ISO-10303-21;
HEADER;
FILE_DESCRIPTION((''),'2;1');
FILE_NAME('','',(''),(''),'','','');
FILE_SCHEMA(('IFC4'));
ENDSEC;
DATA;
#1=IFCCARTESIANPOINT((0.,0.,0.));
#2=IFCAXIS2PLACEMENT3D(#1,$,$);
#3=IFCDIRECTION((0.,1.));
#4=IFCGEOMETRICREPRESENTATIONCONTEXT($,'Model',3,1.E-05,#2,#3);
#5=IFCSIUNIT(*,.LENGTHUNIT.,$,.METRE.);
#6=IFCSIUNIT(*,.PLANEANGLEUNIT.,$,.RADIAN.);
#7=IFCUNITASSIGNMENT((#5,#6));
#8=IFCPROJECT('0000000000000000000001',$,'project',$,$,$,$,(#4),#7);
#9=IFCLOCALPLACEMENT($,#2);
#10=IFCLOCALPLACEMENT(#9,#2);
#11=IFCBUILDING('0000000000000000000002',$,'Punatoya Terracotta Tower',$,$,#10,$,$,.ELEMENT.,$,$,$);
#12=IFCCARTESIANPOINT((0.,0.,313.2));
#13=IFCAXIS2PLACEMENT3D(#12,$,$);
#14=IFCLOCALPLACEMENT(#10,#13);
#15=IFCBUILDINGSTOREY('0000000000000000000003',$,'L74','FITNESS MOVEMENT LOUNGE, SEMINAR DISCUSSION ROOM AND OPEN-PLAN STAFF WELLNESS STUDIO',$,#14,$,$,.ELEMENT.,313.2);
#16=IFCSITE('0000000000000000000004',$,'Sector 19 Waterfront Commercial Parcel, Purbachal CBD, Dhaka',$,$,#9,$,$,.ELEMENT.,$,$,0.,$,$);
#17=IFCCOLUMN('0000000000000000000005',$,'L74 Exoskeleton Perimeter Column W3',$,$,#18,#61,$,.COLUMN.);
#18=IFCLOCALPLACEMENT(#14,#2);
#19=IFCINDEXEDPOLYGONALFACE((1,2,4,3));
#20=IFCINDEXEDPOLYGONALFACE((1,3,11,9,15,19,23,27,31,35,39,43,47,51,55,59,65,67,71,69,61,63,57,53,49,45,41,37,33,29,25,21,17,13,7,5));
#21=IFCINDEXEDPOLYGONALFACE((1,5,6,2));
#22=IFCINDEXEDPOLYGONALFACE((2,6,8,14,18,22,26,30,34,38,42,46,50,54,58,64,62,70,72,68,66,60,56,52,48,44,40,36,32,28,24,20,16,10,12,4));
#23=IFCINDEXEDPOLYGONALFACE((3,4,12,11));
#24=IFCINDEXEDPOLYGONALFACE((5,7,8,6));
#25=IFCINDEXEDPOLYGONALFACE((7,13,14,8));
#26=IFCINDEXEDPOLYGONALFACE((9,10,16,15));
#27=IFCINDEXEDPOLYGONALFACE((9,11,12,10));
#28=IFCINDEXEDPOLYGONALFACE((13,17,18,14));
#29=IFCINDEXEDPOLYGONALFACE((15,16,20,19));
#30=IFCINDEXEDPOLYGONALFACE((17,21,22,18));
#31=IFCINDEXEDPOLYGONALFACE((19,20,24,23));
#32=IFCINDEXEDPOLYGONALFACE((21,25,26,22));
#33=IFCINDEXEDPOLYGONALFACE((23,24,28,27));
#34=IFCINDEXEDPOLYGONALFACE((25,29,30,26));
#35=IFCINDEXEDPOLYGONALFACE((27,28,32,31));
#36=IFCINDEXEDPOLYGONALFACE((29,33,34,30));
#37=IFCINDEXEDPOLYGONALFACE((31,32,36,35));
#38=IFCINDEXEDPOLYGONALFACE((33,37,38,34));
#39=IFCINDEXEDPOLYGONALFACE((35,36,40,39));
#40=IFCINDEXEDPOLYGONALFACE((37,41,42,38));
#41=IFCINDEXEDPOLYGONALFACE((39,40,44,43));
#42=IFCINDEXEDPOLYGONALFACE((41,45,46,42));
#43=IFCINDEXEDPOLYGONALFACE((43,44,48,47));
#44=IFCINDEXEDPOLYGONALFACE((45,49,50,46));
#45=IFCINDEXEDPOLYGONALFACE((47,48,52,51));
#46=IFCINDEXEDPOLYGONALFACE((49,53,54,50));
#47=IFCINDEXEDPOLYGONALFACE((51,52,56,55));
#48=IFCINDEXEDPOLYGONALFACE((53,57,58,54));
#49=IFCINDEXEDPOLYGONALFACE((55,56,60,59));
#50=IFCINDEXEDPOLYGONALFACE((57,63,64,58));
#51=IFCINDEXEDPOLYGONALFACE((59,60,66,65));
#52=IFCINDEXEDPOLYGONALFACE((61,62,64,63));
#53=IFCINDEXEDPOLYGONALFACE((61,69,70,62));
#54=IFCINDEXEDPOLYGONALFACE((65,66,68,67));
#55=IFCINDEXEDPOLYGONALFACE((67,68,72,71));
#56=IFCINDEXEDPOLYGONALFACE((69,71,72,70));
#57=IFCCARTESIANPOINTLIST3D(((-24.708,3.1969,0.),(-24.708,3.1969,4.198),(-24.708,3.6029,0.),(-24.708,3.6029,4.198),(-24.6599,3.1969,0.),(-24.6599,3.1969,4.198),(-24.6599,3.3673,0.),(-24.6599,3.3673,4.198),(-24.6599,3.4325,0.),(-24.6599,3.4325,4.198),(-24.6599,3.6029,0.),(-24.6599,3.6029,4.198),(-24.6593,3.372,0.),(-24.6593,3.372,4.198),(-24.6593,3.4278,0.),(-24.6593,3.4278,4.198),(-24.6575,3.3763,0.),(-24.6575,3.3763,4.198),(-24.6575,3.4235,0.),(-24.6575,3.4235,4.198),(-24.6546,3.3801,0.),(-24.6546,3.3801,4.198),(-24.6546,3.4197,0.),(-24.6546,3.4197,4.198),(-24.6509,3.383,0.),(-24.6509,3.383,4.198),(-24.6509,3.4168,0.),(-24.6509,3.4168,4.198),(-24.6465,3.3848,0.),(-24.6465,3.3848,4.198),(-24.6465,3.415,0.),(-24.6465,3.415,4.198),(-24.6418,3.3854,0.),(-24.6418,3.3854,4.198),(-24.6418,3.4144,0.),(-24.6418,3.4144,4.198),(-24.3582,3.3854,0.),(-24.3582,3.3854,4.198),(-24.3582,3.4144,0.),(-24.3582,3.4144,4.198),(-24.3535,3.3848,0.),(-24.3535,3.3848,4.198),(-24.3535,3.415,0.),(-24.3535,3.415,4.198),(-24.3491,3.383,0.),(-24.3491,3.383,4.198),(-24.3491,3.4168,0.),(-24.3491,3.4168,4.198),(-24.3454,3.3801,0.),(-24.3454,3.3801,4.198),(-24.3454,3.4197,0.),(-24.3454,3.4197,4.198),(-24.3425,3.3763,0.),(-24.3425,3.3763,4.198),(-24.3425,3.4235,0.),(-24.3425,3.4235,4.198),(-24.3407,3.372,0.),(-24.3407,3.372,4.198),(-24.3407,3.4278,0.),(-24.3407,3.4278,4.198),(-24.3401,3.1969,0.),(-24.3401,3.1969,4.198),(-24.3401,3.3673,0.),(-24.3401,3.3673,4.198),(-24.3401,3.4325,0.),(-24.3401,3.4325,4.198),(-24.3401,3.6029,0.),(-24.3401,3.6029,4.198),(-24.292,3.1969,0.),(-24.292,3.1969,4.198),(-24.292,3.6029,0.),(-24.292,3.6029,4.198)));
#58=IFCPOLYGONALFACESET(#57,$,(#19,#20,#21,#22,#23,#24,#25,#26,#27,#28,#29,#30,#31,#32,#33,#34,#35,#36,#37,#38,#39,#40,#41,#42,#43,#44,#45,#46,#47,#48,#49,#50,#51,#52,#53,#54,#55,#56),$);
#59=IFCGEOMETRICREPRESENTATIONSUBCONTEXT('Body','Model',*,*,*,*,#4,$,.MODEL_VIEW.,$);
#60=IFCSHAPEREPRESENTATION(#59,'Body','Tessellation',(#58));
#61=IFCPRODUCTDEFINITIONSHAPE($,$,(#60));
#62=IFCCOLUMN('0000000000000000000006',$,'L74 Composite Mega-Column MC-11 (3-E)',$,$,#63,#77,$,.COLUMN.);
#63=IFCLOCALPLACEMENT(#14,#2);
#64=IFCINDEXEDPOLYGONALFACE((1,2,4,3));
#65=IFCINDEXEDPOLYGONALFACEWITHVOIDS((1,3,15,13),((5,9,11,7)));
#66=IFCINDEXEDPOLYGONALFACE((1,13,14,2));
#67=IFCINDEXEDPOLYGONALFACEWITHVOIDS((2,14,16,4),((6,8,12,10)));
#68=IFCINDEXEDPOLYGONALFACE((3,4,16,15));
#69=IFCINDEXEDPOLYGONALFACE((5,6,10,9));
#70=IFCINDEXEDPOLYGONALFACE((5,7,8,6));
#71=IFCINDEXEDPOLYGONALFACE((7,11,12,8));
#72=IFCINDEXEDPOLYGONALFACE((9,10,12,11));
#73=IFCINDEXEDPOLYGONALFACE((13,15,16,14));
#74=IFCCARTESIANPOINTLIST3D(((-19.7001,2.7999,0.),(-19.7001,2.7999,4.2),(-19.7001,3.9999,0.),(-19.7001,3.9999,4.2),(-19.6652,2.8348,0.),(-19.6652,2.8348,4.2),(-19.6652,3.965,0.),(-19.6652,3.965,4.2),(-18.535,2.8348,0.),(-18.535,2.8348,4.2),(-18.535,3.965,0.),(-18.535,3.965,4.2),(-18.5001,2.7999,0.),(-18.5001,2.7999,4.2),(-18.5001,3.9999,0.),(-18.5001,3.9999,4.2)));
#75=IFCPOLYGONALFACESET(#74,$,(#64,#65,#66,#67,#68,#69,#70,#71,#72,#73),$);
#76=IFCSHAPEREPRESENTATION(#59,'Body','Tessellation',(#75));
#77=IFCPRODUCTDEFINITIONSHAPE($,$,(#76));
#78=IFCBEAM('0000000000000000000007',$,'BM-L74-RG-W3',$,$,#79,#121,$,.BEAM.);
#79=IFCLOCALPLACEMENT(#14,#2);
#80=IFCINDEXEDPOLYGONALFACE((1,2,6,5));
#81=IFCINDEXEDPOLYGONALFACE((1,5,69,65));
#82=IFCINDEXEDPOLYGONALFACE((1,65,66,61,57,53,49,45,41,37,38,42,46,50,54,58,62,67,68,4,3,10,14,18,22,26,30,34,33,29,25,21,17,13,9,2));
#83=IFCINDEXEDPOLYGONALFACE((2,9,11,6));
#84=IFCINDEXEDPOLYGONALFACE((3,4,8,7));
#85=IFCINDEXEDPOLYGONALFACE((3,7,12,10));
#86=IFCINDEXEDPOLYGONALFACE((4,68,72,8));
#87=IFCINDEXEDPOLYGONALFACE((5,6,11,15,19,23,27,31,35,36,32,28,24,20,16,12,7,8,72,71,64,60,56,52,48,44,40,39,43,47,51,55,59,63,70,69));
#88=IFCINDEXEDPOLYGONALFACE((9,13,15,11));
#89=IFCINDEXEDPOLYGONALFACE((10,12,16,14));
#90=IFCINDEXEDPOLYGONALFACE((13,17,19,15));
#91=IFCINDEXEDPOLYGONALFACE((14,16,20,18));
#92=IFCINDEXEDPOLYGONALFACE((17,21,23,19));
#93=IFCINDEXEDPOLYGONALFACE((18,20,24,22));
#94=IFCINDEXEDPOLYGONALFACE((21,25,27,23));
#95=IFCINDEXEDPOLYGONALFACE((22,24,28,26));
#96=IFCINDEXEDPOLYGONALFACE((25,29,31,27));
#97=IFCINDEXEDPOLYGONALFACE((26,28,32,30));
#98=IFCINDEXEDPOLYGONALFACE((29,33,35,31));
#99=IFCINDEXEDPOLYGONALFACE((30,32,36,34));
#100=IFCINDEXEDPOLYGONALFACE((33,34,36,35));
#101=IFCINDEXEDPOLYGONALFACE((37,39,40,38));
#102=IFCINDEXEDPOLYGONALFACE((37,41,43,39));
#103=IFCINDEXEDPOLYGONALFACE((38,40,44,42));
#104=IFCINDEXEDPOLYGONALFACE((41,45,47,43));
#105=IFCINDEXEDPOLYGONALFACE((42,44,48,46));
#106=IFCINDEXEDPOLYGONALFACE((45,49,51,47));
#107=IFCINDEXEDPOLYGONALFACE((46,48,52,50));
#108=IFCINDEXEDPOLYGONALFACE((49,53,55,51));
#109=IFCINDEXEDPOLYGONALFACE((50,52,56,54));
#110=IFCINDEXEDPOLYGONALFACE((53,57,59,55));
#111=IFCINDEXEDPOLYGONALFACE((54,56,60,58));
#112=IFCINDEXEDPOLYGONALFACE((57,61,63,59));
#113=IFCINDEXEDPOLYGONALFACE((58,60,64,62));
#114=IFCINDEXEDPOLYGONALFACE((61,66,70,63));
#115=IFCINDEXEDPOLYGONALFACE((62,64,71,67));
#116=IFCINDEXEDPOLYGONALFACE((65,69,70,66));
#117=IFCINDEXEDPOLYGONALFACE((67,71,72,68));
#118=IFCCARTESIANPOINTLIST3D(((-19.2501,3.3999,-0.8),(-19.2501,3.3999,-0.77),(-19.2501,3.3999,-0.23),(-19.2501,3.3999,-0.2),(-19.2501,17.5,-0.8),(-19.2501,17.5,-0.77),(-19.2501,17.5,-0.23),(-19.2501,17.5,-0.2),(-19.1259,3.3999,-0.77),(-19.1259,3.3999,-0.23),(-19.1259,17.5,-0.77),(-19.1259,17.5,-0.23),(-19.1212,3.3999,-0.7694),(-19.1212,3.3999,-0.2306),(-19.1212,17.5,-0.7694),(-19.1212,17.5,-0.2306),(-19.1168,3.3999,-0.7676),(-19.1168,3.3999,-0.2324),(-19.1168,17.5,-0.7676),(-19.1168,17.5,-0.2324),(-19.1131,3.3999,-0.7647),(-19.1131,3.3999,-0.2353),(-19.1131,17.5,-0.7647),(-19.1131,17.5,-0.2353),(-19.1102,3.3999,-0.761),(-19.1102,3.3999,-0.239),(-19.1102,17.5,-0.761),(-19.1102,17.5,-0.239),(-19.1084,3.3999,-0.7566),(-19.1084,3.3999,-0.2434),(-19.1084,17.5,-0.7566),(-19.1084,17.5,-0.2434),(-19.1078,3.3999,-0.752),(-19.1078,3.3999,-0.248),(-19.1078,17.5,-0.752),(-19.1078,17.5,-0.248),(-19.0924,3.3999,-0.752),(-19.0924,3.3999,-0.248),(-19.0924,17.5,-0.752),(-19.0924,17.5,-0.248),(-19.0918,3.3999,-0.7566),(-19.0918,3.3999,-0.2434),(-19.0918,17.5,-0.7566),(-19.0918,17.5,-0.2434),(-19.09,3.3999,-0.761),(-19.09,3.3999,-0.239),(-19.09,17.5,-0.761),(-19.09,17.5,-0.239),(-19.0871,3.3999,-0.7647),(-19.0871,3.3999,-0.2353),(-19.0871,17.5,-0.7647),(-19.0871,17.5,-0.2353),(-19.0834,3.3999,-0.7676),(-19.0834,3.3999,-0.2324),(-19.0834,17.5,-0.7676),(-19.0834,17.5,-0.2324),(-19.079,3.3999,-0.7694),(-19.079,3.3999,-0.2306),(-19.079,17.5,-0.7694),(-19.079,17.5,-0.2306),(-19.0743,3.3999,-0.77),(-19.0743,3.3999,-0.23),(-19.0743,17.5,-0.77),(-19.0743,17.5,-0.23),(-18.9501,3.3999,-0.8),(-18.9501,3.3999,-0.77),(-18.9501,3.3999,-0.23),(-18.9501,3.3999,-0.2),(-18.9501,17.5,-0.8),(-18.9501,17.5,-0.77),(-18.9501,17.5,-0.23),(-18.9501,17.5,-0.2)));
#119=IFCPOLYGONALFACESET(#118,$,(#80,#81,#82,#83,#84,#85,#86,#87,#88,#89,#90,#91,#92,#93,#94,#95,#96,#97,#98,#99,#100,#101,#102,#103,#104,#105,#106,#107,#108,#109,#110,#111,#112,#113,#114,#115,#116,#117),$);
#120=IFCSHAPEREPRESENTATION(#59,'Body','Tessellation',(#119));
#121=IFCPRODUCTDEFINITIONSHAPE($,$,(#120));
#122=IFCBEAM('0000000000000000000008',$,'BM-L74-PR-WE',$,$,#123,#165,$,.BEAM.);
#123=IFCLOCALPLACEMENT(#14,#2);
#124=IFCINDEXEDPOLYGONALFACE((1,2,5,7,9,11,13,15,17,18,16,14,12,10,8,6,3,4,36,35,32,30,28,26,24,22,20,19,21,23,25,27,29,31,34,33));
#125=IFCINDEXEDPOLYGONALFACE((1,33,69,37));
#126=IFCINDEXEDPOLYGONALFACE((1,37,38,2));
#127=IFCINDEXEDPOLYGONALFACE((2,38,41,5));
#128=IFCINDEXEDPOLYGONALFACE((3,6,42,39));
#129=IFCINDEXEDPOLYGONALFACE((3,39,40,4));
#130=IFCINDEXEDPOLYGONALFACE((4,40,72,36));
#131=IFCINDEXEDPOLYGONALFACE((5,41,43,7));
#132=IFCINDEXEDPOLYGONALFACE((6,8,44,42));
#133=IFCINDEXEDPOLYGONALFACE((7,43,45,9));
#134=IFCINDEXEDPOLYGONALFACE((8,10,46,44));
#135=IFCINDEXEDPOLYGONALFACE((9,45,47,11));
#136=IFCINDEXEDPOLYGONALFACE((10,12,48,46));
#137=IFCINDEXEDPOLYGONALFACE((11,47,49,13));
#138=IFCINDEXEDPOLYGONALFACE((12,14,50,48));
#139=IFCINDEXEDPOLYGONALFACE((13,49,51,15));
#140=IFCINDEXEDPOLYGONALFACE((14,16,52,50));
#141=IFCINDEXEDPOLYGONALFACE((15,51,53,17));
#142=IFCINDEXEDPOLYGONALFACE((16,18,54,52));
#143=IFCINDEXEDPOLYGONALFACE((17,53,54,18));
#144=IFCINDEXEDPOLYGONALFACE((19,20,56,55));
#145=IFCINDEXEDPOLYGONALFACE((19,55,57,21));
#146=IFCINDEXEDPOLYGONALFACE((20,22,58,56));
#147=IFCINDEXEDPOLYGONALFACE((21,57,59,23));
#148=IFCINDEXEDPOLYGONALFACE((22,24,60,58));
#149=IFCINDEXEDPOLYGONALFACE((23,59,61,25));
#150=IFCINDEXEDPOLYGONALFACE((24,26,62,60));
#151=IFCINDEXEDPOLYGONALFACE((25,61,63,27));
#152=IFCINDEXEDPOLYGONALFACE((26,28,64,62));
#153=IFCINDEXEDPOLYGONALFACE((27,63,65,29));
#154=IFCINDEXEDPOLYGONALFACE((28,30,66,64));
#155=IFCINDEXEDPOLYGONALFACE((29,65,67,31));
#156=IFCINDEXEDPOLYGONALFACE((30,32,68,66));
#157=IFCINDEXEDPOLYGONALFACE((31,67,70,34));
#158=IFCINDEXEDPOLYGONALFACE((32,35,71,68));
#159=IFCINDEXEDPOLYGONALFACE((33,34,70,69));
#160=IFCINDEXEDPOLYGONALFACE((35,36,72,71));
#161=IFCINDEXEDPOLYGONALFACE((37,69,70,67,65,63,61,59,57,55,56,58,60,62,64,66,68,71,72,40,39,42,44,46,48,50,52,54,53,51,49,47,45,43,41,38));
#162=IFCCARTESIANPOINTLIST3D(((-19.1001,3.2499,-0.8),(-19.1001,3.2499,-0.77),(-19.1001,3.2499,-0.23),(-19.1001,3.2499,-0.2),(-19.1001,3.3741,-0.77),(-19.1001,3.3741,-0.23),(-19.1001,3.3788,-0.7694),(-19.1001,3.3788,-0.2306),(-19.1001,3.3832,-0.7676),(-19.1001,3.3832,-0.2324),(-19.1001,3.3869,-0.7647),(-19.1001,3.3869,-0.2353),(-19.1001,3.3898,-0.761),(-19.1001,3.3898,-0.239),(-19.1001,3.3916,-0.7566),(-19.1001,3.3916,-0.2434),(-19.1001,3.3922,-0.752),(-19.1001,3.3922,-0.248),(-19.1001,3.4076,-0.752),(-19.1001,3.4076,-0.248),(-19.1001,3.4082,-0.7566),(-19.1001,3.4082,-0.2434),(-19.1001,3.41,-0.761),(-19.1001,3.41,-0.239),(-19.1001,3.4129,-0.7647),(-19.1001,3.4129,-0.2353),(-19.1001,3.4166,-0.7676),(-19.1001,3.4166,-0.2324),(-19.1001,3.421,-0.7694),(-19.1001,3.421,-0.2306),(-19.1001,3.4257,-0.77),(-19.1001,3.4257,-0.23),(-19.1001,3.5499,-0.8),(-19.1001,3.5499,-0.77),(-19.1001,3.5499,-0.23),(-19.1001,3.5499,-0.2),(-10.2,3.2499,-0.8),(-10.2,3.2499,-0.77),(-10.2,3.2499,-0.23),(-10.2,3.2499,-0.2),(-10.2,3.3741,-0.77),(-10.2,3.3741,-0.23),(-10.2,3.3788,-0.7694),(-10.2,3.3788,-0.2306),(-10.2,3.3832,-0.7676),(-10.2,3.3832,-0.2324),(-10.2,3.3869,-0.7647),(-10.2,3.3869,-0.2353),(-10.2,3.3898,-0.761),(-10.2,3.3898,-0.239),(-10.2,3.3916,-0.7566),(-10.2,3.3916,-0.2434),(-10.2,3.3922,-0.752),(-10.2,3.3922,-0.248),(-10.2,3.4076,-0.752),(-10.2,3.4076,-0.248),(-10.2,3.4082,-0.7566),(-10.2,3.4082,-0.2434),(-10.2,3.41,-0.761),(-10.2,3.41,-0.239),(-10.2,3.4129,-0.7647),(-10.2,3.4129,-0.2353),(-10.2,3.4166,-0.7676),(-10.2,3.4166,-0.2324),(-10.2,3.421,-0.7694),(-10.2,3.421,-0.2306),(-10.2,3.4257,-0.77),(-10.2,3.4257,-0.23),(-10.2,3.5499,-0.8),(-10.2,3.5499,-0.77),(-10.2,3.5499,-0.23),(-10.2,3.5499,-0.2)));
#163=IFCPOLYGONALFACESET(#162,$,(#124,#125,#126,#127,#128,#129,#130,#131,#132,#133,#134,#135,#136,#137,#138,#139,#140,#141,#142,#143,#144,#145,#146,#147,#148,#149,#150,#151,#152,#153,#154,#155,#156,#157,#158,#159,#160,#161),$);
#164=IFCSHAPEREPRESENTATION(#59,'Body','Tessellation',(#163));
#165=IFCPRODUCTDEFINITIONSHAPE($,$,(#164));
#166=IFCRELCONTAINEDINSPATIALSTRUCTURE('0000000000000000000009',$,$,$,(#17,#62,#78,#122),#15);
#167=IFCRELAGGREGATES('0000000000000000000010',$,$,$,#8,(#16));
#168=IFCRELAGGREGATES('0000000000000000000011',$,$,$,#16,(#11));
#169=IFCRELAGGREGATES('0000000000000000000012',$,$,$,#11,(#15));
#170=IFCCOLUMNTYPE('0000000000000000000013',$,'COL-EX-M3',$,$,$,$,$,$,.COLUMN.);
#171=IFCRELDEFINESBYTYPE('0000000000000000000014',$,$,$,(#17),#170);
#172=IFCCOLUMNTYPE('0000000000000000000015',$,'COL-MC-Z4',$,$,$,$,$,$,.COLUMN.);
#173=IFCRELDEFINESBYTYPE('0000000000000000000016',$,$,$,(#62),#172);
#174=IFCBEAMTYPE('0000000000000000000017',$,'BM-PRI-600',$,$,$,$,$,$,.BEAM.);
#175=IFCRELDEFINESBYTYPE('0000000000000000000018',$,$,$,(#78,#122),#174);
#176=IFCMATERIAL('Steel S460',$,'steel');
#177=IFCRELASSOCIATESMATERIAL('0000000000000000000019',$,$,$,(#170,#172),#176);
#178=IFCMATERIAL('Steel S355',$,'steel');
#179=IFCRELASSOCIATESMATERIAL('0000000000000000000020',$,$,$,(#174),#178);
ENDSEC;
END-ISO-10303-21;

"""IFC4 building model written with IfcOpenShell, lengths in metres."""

from ifc_helpers import new_model, si_unit, direction, frame, origin, origin_2d, place, context, subcontext, project, spatial, hollow_rectangle, i_section, extrude, material, material_profile, profile_set, type_object, element, save


model = new_model("IFC4")

# Units and contexts
model_context = context("Model", 3, precision=1e-05, world=origin(), true_north=direction((0.0, 1.0)))
body_context = subcontext(model_context, "Body", "Model", "MODEL_VIEW")
ifc_project = project(units=[si_unit("LENGTHUNIT", "METRE"), si_unit("PLANEANGLEUNIT", "RADIAN")], contexts=[model_context])

# Site, building, storey
site_placement = place(None, origin())
site = spatial("IfcSite", under=ifc_project, at=site_placement, Name="Sector 19 Waterfront Commercial Parcel, Purbachal CBD, Dhaka", CompositionType="ELEMENT", RefElevation=0.0)
building_placement = place(site_placement, origin())
building = spatial("IfcBuilding", under=site, at=building_placement, Name="Punatoya Terracotta Tower", CompositionType="ELEMENT")
storey_placement = place(building_placement, frame((0.0, 0.0, 313.2)))
storey = spatial("IfcBuildingStorey", under=building, at=storey_placement, Name="L74", Description="FITNESS MOVEMENT LOUNGE, SEMINAR DISCUSSION ROOM AND OPEN-PLAN STAFF WELLNESS STUDIO", CompositionType="ELEMENT", Elevation=313.2)

# Columns
ifc_material_1 = material(Name="Steel S460", Category="steel")
ifc_material_profile_1 = material_profile(ifc_material_1, i_section(OverallWidth=0.406, OverallDepth=0.416, WebThickness=0.0291, FlangeThickness=0.0481, FilletRadius=0.0181, at=origin_2d()))
ifc_profile_set_1 = profile_set([ifc_material_profile_1], Name="Steel S460")
column_type_1 = type_object("IfcColumnType", Name="COL-EX-M3", PredefinedType="COLUMN", material=ifc_profile_set_1)
column_1_placement = place(storey_placement, frame((-24.5, 3.3999, 0.0), z_axis=(0.0, 0.0, 1.0), x_axis=(0.0, 1.0, 0.0)))
element("IfcColumn", 1, at=column_1_placement, inside=storey, type_object=column_type_1, Name="L74 Exoskeleton Perimeter Column W3", PredefinedType="COLUMN", context=body_context, shape_type="SweptSolid", body=[
    extrude(i_section(OverallWidth=0.406, OverallDepth=0.416, WebThickness=0.0291, FlangeThickness=0.0481, FilletRadius=0.0181, at=origin_2d()), origin(), (0.0, 0.0, 1.0), 4.198),
])
ifc_material_profile_2 = material_profile(ifc_material_1, hollow_rectangle(XDim=1.2, YDim=1.2, WallThickness=0.0349, at=origin_2d()))
ifc_profile_set_2 = profile_set([ifc_material_profile_2], Name="Steel S460")
column_type_2 = type_object("IfcColumnType", Name="COL-MC-Z4", PredefinedType="COLUMN", material=ifc_profile_set_2)
column_2_placement = place(storey_placement, frame((-19.1001, 3.3999, 0.0), z_axis=(0.0, 0.0, 1.0), x_axis=(1.0, 0.0, 0.0)))
element("IfcColumn", 2, at=column_2_placement, inside=storey, type_object=column_type_2, Name="L74 Composite Mega-Column MC-11 (3-E)", PredefinedType="COLUMN", context=body_context, shape_type="SweptSolid", body=[
    extrude(hollow_rectangle(XDim=1.2, YDim=1.2, WallThickness=0.0349, at=origin_2d()), origin(), (0.0, 0.0, 1.0), 4.2),
])

# Beams
ifc_material_2 = material(Name="Steel S355", Category="steel")
ifc_material_profile_3 = material_profile(ifc_material_2, i_section(OverallWidth=0.3, OverallDepth=0.6001, WebThickness=0.0154, FlangeThickness=0.03, FilletRadius=0.0181, at=origin_2d()))
ifc_profile_set_3 = profile_set([ifc_material_profile_3], Name="Steel S355")
beam_type_1 = type_object("IfcBeamType", Name="BM-PRI-600", PredefinedType="BEAM", material=ifc_profile_set_3)
beam_1_placement = place(storey_placement, frame((-19.1001, 3.3999, -0.5), z_axis=(0.0, 1.0, 0.0), x_axis=(-1.0, 0.0, 0.0)))
element("IfcBeam", 3, at=beam_1_placement, inside=storey, type_object=beam_type_1, Name="BM-L74-RG-W3", PredefinedType="BEAM", context=body_context, shape_type="SweptSolid", body=[
    extrude(i_section(OverallWidth=0.3, OverallDepth=0.6001, WebThickness=0.0154, FlangeThickness=0.03, FilletRadius=0.0181, at=origin_2d()), origin(), (0.0, 0.0, 1.0), 14.1001),
])
for number, where, z_axis, x_axis, name in (
    (4, (-19.1001, 3.3999, -0.5), (1.0, 0.0, 0.0), (0.0, 1.0, 0.0), "BM-L74-PR-WE"),
):
    element("IfcBeam", number, at=place(storey_placement, frame(where, z_axis=z_axis, x_axis=x_axis)), inside=storey, type_object=beam_type_1, Name=name, PredefinedType="BEAM", context=body_context, shape_type="SweptSolid", body=[
        extrude(i_section(OverallWidth=0.3, OverallDepth=0.6001, WebThickness=0.0154, FlangeThickness=0.03, FilletRadius=0.0181, at=origin_2d()), origin(), (0.0, 0.0, 1.0), 8.9001),
    ])

save(model, "model.ifc")
